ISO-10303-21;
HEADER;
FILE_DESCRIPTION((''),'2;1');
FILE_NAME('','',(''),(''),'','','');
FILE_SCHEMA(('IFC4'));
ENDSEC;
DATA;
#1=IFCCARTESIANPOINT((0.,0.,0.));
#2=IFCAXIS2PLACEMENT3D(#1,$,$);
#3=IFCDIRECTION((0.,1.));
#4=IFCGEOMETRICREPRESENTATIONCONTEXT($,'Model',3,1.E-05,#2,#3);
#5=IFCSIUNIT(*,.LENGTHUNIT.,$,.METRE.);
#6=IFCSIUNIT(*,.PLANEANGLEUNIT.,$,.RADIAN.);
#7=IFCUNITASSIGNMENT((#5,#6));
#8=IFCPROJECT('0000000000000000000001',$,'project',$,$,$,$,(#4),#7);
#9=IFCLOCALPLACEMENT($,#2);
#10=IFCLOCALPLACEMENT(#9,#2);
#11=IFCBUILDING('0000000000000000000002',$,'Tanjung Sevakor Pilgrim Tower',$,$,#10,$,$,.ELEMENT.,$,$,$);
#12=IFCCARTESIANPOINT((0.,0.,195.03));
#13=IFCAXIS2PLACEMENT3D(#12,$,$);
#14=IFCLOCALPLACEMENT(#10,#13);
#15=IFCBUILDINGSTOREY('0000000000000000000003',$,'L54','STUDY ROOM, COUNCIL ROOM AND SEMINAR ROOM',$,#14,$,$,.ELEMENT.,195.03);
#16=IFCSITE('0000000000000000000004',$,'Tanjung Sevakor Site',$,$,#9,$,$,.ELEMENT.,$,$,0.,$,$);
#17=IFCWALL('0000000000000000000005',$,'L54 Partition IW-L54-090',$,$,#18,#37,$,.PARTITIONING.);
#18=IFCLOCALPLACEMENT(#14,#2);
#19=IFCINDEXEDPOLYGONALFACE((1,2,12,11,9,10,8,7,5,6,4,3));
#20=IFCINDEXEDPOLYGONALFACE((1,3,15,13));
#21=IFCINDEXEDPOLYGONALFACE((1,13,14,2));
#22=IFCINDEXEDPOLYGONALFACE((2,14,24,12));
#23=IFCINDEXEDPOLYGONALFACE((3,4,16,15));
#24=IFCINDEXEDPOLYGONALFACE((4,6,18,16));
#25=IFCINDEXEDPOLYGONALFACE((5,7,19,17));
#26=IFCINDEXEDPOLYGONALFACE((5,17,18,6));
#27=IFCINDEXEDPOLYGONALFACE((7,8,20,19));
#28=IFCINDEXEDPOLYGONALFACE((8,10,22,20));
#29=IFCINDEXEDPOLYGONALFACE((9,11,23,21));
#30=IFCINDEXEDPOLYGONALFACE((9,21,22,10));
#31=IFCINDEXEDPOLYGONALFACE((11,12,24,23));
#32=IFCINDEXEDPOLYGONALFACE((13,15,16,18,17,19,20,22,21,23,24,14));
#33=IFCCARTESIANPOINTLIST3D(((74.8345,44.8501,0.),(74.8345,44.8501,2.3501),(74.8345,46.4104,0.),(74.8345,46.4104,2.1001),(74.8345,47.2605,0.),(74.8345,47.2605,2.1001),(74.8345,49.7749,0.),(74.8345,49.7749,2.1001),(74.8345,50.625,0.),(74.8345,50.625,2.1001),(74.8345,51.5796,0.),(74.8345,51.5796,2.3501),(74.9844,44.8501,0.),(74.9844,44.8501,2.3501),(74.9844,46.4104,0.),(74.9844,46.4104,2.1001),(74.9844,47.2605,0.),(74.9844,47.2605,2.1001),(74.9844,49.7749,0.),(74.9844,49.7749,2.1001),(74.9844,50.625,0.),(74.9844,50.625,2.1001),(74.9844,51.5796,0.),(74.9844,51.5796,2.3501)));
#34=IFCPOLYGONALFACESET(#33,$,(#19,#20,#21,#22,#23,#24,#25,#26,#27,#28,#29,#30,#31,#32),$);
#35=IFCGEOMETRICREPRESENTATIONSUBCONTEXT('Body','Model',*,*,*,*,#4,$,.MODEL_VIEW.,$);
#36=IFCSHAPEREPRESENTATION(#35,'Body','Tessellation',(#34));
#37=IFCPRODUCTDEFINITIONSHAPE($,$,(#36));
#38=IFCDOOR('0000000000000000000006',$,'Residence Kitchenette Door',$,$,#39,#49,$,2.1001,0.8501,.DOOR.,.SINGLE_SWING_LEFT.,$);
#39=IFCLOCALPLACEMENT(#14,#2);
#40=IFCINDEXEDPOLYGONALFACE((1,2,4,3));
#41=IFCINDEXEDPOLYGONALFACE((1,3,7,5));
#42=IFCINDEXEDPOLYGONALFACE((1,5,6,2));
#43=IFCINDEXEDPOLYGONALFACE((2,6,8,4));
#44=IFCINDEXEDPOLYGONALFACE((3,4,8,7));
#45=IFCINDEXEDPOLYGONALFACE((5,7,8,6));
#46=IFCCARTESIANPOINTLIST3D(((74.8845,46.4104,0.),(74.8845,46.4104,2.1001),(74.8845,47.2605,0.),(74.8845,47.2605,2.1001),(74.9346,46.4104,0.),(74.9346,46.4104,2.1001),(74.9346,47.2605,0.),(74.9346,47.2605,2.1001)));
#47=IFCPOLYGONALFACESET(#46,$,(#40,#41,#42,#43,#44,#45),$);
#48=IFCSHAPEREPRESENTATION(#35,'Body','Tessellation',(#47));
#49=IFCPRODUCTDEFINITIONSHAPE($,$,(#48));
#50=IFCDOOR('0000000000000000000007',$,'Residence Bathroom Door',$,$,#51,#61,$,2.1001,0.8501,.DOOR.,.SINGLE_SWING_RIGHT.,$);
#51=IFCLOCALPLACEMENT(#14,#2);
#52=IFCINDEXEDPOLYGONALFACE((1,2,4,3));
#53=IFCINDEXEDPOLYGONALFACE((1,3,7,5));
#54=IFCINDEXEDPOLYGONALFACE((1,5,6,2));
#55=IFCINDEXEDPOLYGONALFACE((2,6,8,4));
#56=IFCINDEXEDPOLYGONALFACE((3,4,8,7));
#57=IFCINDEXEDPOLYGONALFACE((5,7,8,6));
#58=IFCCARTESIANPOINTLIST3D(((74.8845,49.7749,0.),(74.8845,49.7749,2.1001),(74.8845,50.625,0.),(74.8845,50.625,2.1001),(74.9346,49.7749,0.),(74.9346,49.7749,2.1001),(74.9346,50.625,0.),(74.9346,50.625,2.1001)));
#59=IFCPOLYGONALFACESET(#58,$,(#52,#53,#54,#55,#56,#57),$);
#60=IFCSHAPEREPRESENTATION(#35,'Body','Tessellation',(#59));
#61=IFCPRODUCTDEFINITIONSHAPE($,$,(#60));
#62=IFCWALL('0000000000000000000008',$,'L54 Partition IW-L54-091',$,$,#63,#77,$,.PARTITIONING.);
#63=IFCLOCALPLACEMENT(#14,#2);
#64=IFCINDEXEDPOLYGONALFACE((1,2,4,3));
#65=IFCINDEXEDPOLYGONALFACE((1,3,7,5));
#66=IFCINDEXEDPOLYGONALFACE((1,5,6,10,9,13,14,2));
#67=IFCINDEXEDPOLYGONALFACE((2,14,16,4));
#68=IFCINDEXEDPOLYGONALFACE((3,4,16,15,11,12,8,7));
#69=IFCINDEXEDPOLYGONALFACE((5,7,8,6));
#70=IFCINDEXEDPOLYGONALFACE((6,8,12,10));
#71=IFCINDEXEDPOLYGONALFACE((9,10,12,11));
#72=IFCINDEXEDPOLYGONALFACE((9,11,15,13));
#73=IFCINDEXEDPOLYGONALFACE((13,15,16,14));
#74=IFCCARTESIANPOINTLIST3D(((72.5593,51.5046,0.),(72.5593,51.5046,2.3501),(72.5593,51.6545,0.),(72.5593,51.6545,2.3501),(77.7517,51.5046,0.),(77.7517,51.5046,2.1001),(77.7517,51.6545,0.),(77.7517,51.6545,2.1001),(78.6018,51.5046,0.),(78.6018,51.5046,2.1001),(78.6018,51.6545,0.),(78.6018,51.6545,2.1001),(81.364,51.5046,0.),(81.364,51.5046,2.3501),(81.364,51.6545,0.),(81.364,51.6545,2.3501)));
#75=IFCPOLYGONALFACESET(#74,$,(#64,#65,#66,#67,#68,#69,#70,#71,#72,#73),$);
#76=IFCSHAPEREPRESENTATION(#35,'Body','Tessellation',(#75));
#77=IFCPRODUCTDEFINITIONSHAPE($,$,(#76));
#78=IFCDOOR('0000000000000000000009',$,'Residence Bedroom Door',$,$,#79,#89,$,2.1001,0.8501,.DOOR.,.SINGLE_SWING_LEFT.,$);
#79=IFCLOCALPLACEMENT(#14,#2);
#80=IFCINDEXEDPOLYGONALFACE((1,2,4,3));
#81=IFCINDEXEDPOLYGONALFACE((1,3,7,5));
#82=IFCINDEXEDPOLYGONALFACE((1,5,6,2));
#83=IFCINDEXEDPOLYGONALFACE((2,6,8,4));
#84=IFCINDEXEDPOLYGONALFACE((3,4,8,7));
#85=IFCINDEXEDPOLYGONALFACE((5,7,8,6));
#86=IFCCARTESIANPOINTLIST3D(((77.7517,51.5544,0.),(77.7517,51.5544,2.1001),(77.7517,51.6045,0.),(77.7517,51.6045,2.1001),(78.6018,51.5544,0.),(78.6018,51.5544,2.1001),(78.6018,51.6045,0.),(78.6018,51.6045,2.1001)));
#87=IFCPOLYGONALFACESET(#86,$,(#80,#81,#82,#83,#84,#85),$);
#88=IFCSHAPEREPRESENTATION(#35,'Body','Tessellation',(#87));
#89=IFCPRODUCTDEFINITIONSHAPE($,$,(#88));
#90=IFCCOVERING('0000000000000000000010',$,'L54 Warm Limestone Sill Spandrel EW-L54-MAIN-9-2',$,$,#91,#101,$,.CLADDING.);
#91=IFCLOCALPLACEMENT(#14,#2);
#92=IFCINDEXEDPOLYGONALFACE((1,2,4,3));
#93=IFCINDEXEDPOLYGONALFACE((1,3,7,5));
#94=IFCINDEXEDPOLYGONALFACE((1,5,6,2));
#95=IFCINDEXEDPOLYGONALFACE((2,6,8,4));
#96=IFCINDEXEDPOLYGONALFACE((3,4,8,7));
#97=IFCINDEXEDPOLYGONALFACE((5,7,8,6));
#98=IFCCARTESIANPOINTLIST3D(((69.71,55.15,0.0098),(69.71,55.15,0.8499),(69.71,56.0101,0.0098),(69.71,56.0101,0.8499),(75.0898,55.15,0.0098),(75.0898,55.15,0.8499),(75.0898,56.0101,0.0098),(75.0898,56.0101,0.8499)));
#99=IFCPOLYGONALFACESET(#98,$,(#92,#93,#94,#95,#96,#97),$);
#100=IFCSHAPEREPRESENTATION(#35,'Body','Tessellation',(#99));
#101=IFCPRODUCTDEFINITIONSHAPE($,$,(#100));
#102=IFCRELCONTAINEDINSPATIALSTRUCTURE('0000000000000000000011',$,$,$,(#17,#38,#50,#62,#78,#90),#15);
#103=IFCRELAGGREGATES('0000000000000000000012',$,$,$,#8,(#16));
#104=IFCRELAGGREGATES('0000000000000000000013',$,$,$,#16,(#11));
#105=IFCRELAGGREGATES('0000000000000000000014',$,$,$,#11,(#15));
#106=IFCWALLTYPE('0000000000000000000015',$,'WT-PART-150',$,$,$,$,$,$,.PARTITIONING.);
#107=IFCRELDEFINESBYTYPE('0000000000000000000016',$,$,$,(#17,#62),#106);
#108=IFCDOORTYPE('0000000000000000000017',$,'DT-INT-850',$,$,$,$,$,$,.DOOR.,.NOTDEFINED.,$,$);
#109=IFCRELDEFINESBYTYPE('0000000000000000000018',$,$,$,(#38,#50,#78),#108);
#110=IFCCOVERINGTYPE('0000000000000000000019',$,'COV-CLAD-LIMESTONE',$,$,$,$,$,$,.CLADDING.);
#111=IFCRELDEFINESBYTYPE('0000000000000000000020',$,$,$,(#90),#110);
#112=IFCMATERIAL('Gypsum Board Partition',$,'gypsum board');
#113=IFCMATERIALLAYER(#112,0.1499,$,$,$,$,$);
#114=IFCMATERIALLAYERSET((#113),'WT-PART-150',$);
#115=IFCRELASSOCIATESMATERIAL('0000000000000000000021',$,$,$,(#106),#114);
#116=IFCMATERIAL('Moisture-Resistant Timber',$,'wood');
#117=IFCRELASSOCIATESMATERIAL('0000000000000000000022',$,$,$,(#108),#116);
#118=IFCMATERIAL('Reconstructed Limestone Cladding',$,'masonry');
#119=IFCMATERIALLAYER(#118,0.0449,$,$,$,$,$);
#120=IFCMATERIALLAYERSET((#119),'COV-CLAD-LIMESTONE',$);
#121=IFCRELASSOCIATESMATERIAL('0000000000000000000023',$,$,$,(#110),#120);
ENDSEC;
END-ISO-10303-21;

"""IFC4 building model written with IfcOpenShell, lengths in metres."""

from ifc_helpers import new_model, si_unit, direction, frame, frame_2d, origin, origin_2d, place, context, subcontext, project, spatial, rectangle, extrude, material, layer, layer_set, type_object, element, fill, save


model = new_model("IFC4")

# Units and contexts
model_context = context("Model", 3, precision=1e-05, world=origin(), true_north=direction((0.0, 1.0)))
body_context = subcontext(model_context, "Body", "Model", "MODEL_VIEW")
ifc_project = project(units=[si_unit("LENGTHUNIT", "METRE"), si_unit("PLANEANGLEUNIT", "RADIAN")], contexts=[model_context])

# Site, building, storey
site_placement = place(None, origin())
site = spatial("IfcSite", under=ifc_project, at=site_placement, Name="Tanjung Sevakor Site", CompositionType="ELEMENT", RefElevation=0.0)
building_placement = place(site_placement, origin())
building = spatial("IfcBuilding", under=site, at=building_placement, Name="Tanjung Sevakor Pilgrim Tower", CompositionType="ELEMENT")
storey_placement = place(building_placement, frame((0.0, 0.0, 195.03)))
storey = spatial("IfcBuildingStorey", under=building, at=storey_placement, Name="L54", Description="STUDY ROOM, COUNCIL ROOM AND SEMINAR ROOM", CompositionType="ELEMENT", Elevation=195.03)

# Shared definitions
ifc_material_1 = material(Name="Gypsum Board Partition", Category="gypsum board")
ifc_layer_1 = layer(ifc_material_1, 0.1499)
ifc_layer_set_1 = layer_set([ifc_layer_1], Name="WT-PART-150")
wall_type_1 = type_object("IfcWallType", Name="WT-PART-150", PredefinedType="PARTITIONING", material=ifc_layer_set_1)

# Wall, openings, doors
wall_1_placement = place(storey_placement, frame((74.9094, 44.8501, 0.0), z_axis=(0.0, 0.0, 1.0), x_axis=(0.0, 1.0, 0.0)))
wall_1 = element("IfcWall", 1, at=wall_1_placement, inside=storey, type_object=wall_type_1, Name="L54 Partition IW-L54-090", PredefinedType="PARTITIONING", context=body_context, shape_type="SweptSolid", body=[
    extrude(rectangle(XDim=6.7295, YDim=0.1499, at=frame_2d((3.3647, 0.0))), origin(), (0.0, 0.0, 1.0), 2.3501),
])
opening_1_placement = place(wall_1_placement, frame((1.5603, 0.0, 0.0)))
opening_1 = element("IfcOpeningElement", 2, at=opening_1_placement, cuts=wall_1, PredefinedType="OPENING", context=body_context, shape_type="SweptSolid", body=[
    extrude(rectangle(XDim=0.8501, YDim=2.1001, at=frame_2d((0.425, 1.05))), frame((0.0, 0.085, 0.0), z_axis=(0.0, -1.0, 0.0), x_axis=(1.0, 0.0, 0.0)), (0.0, 0.0, 1.0), 0.1699),
])
opening_2_placement = place(wall_1_placement, frame((4.9248, 0.0, 0.0)))
opening_2 = element("IfcOpeningElement", 3, at=opening_2_placement, cuts=wall_1, PredefinedType="OPENING", context=body_context, shape_type="SweptSolid", body=[
    extrude(rectangle(XDim=0.8501, YDim=2.1001, at=frame_2d((0.425, 1.05))), frame((0.0, 0.085, 0.0), z_axis=(0.0, -1.0, 0.0), x_axis=(1.0, 0.0, 0.0)), (0.0, 0.0, 1.0), 0.1699),
])
ifc_material_2 = material(Name="Moisture-Resistant Timber", Category="wood")
door_type_1 = type_object("IfcDoorType", Name="DT-INT-850", OperationType="NOTDEFINED", PredefinedType="DOOR", material=ifc_material_2)
door_1_placement = place(opening_1_placement, origin())
door_1 = element("IfcDoor", 4, at=door_1_placement, inside=storey, type_object=door_type_1, Name="Residence Kitchenette Door", OperationType="SINGLE_SWING_LEFT", OverallHeight=2.1001, OverallWidth=0.8501, PredefinedType="DOOR", context=body_context, shape_type="SweptSolid", body=[
    extrude(rectangle(XDim=0.8501, YDim=2.1001, at=frame_2d((0.425, 1.05))), frame((0.0, 0.0249, 0.0), z_axis=(0.0, -1.0, 0.0), x_axis=(1.0, 0.0, 0.0)), (0.0, 0.0, 1.0), 0.05),
])
fill(opening_1, door_1)
door_2_placement = place(opening_2_placement, origin())
door_2 = element("IfcDoor", 5, at=door_2_placement, inside=storey, type_object=door_type_1, Name="Residence Bathroom Door", OperationType="SINGLE_SWING_RIGHT", OverallHeight=2.1001, OverallWidth=0.8501, PredefinedType="DOOR", context=body_context, shape_type="SweptSolid", body=[
    extrude(rectangle(XDim=0.8501, YDim=2.1001, at=frame_2d((0.425, 1.05))), frame((0.0, 0.0249, 0.0), z_axis=(0.0, -1.0, 0.0), x_axis=(1.0, 0.0, 0.0)), (0.0, 0.0, 1.0), 0.05),
])
fill(opening_2, door_2)

# Wall, opening, door
wall_2_placement = place(storey_placement, frame((72.5593, 51.5796, 0.0), z_axis=(0.0, 0.0, 1.0), x_axis=(1.0, 0.0, 0.0)))
wall_2 = element("IfcWall", 6, at=wall_2_placement, inside=storey, type_object=wall_type_1, Name="L54 Partition IW-L54-091", PredefinedType="PARTITIONING", context=body_context, shape_type="SweptSolid", body=[
    extrude(rectangle(XDim=8.8047, YDim=0.1499, at=frame_2d((4.4023, 0.0))), origin(), (0.0, 0.0, 1.0), 2.3501),
])
opening_3_placement = place(wall_2_placement, frame((5.1924, 0.0, 0.0)))
opening_3 = element("IfcOpeningElement", 7, at=opening_3_placement, cuts=wall_2, PredefinedType="OPENING", context=body_context, shape_type="SweptSolid", body=[
    extrude(rectangle(XDim=0.8501, YDim=2.1001, at=frame_2d((0.425, 1.05))), frame((0.0, 0.085, 0.0), z_axis=(0.0, -1.0, 0.0), x_axis=(1.0, 0.0, 0.0)), (0.0, 0.0, 1.0), 0.1699),
])
door_3_placement = place(opening_3_placement, origin())
door_3 = element("IfcDoor", 8, at=door_3_placement, inside=storey, type_object=door_type_1, Name="Residence Bedroom Door", OperationType="SINGLE_SWING_LEFT", OverallHeight=2.1001, OverallWidth=0.8501, PredefinedType="DOOR", context=body_context, shape_type="SweptSolid", body=[
    extrude(rectangle(XDim=0.8501, YDim=2.1001, at=frame_2d((0.425, 1.05))), frame((0.0, 0.0249, 0.0), z_axis=(0.0, -1.0, 0.0), x_axis=(1.0, 0.0, 0.0)), (0.0, 0.0, 1.0), 0.05),
])
fill(opening_3, door_3)

# Covering
ifc_material_3 = material(Name="Reconstructed Limestone Cladding", Category="masonry")
ifc_layer_2 = layer(ifc_material_3, 0.0449)
ifc_layer_set_2 = layer_set([ifc_layer_2], Name="COV-CLAD-LIMESTONE")
covering_type = type_object("IfcCoveringType", Name="COV-CLAD-LIMESTONE", PredefinedType="CLADDING", material=ifc_layer_set_2)
covering_placement = place(storey_placement, frame((72.3999, 55.5801, 0.0098), z_axis=(0.0, 0.0, 1.0), x_axis=(-1.0, 0.0, 0.0)))
element("IfcCovering", 9, at=covering_placement, inside=storey, type_object=covering_type, Name="L54 Warm Limestone Sill Spandrel EW-L54-MAIN-9-2", PredefinedType="CLADDING", context=body_context, shape_type="SweptSolid", body=[
    extrude(rectangle(XDim=5.3799, YDim=0.8601, at=origin_2d()), origin(), (0.0, 0.0, 1.0), 0.8401),
])

save(model, "model.ifc")
